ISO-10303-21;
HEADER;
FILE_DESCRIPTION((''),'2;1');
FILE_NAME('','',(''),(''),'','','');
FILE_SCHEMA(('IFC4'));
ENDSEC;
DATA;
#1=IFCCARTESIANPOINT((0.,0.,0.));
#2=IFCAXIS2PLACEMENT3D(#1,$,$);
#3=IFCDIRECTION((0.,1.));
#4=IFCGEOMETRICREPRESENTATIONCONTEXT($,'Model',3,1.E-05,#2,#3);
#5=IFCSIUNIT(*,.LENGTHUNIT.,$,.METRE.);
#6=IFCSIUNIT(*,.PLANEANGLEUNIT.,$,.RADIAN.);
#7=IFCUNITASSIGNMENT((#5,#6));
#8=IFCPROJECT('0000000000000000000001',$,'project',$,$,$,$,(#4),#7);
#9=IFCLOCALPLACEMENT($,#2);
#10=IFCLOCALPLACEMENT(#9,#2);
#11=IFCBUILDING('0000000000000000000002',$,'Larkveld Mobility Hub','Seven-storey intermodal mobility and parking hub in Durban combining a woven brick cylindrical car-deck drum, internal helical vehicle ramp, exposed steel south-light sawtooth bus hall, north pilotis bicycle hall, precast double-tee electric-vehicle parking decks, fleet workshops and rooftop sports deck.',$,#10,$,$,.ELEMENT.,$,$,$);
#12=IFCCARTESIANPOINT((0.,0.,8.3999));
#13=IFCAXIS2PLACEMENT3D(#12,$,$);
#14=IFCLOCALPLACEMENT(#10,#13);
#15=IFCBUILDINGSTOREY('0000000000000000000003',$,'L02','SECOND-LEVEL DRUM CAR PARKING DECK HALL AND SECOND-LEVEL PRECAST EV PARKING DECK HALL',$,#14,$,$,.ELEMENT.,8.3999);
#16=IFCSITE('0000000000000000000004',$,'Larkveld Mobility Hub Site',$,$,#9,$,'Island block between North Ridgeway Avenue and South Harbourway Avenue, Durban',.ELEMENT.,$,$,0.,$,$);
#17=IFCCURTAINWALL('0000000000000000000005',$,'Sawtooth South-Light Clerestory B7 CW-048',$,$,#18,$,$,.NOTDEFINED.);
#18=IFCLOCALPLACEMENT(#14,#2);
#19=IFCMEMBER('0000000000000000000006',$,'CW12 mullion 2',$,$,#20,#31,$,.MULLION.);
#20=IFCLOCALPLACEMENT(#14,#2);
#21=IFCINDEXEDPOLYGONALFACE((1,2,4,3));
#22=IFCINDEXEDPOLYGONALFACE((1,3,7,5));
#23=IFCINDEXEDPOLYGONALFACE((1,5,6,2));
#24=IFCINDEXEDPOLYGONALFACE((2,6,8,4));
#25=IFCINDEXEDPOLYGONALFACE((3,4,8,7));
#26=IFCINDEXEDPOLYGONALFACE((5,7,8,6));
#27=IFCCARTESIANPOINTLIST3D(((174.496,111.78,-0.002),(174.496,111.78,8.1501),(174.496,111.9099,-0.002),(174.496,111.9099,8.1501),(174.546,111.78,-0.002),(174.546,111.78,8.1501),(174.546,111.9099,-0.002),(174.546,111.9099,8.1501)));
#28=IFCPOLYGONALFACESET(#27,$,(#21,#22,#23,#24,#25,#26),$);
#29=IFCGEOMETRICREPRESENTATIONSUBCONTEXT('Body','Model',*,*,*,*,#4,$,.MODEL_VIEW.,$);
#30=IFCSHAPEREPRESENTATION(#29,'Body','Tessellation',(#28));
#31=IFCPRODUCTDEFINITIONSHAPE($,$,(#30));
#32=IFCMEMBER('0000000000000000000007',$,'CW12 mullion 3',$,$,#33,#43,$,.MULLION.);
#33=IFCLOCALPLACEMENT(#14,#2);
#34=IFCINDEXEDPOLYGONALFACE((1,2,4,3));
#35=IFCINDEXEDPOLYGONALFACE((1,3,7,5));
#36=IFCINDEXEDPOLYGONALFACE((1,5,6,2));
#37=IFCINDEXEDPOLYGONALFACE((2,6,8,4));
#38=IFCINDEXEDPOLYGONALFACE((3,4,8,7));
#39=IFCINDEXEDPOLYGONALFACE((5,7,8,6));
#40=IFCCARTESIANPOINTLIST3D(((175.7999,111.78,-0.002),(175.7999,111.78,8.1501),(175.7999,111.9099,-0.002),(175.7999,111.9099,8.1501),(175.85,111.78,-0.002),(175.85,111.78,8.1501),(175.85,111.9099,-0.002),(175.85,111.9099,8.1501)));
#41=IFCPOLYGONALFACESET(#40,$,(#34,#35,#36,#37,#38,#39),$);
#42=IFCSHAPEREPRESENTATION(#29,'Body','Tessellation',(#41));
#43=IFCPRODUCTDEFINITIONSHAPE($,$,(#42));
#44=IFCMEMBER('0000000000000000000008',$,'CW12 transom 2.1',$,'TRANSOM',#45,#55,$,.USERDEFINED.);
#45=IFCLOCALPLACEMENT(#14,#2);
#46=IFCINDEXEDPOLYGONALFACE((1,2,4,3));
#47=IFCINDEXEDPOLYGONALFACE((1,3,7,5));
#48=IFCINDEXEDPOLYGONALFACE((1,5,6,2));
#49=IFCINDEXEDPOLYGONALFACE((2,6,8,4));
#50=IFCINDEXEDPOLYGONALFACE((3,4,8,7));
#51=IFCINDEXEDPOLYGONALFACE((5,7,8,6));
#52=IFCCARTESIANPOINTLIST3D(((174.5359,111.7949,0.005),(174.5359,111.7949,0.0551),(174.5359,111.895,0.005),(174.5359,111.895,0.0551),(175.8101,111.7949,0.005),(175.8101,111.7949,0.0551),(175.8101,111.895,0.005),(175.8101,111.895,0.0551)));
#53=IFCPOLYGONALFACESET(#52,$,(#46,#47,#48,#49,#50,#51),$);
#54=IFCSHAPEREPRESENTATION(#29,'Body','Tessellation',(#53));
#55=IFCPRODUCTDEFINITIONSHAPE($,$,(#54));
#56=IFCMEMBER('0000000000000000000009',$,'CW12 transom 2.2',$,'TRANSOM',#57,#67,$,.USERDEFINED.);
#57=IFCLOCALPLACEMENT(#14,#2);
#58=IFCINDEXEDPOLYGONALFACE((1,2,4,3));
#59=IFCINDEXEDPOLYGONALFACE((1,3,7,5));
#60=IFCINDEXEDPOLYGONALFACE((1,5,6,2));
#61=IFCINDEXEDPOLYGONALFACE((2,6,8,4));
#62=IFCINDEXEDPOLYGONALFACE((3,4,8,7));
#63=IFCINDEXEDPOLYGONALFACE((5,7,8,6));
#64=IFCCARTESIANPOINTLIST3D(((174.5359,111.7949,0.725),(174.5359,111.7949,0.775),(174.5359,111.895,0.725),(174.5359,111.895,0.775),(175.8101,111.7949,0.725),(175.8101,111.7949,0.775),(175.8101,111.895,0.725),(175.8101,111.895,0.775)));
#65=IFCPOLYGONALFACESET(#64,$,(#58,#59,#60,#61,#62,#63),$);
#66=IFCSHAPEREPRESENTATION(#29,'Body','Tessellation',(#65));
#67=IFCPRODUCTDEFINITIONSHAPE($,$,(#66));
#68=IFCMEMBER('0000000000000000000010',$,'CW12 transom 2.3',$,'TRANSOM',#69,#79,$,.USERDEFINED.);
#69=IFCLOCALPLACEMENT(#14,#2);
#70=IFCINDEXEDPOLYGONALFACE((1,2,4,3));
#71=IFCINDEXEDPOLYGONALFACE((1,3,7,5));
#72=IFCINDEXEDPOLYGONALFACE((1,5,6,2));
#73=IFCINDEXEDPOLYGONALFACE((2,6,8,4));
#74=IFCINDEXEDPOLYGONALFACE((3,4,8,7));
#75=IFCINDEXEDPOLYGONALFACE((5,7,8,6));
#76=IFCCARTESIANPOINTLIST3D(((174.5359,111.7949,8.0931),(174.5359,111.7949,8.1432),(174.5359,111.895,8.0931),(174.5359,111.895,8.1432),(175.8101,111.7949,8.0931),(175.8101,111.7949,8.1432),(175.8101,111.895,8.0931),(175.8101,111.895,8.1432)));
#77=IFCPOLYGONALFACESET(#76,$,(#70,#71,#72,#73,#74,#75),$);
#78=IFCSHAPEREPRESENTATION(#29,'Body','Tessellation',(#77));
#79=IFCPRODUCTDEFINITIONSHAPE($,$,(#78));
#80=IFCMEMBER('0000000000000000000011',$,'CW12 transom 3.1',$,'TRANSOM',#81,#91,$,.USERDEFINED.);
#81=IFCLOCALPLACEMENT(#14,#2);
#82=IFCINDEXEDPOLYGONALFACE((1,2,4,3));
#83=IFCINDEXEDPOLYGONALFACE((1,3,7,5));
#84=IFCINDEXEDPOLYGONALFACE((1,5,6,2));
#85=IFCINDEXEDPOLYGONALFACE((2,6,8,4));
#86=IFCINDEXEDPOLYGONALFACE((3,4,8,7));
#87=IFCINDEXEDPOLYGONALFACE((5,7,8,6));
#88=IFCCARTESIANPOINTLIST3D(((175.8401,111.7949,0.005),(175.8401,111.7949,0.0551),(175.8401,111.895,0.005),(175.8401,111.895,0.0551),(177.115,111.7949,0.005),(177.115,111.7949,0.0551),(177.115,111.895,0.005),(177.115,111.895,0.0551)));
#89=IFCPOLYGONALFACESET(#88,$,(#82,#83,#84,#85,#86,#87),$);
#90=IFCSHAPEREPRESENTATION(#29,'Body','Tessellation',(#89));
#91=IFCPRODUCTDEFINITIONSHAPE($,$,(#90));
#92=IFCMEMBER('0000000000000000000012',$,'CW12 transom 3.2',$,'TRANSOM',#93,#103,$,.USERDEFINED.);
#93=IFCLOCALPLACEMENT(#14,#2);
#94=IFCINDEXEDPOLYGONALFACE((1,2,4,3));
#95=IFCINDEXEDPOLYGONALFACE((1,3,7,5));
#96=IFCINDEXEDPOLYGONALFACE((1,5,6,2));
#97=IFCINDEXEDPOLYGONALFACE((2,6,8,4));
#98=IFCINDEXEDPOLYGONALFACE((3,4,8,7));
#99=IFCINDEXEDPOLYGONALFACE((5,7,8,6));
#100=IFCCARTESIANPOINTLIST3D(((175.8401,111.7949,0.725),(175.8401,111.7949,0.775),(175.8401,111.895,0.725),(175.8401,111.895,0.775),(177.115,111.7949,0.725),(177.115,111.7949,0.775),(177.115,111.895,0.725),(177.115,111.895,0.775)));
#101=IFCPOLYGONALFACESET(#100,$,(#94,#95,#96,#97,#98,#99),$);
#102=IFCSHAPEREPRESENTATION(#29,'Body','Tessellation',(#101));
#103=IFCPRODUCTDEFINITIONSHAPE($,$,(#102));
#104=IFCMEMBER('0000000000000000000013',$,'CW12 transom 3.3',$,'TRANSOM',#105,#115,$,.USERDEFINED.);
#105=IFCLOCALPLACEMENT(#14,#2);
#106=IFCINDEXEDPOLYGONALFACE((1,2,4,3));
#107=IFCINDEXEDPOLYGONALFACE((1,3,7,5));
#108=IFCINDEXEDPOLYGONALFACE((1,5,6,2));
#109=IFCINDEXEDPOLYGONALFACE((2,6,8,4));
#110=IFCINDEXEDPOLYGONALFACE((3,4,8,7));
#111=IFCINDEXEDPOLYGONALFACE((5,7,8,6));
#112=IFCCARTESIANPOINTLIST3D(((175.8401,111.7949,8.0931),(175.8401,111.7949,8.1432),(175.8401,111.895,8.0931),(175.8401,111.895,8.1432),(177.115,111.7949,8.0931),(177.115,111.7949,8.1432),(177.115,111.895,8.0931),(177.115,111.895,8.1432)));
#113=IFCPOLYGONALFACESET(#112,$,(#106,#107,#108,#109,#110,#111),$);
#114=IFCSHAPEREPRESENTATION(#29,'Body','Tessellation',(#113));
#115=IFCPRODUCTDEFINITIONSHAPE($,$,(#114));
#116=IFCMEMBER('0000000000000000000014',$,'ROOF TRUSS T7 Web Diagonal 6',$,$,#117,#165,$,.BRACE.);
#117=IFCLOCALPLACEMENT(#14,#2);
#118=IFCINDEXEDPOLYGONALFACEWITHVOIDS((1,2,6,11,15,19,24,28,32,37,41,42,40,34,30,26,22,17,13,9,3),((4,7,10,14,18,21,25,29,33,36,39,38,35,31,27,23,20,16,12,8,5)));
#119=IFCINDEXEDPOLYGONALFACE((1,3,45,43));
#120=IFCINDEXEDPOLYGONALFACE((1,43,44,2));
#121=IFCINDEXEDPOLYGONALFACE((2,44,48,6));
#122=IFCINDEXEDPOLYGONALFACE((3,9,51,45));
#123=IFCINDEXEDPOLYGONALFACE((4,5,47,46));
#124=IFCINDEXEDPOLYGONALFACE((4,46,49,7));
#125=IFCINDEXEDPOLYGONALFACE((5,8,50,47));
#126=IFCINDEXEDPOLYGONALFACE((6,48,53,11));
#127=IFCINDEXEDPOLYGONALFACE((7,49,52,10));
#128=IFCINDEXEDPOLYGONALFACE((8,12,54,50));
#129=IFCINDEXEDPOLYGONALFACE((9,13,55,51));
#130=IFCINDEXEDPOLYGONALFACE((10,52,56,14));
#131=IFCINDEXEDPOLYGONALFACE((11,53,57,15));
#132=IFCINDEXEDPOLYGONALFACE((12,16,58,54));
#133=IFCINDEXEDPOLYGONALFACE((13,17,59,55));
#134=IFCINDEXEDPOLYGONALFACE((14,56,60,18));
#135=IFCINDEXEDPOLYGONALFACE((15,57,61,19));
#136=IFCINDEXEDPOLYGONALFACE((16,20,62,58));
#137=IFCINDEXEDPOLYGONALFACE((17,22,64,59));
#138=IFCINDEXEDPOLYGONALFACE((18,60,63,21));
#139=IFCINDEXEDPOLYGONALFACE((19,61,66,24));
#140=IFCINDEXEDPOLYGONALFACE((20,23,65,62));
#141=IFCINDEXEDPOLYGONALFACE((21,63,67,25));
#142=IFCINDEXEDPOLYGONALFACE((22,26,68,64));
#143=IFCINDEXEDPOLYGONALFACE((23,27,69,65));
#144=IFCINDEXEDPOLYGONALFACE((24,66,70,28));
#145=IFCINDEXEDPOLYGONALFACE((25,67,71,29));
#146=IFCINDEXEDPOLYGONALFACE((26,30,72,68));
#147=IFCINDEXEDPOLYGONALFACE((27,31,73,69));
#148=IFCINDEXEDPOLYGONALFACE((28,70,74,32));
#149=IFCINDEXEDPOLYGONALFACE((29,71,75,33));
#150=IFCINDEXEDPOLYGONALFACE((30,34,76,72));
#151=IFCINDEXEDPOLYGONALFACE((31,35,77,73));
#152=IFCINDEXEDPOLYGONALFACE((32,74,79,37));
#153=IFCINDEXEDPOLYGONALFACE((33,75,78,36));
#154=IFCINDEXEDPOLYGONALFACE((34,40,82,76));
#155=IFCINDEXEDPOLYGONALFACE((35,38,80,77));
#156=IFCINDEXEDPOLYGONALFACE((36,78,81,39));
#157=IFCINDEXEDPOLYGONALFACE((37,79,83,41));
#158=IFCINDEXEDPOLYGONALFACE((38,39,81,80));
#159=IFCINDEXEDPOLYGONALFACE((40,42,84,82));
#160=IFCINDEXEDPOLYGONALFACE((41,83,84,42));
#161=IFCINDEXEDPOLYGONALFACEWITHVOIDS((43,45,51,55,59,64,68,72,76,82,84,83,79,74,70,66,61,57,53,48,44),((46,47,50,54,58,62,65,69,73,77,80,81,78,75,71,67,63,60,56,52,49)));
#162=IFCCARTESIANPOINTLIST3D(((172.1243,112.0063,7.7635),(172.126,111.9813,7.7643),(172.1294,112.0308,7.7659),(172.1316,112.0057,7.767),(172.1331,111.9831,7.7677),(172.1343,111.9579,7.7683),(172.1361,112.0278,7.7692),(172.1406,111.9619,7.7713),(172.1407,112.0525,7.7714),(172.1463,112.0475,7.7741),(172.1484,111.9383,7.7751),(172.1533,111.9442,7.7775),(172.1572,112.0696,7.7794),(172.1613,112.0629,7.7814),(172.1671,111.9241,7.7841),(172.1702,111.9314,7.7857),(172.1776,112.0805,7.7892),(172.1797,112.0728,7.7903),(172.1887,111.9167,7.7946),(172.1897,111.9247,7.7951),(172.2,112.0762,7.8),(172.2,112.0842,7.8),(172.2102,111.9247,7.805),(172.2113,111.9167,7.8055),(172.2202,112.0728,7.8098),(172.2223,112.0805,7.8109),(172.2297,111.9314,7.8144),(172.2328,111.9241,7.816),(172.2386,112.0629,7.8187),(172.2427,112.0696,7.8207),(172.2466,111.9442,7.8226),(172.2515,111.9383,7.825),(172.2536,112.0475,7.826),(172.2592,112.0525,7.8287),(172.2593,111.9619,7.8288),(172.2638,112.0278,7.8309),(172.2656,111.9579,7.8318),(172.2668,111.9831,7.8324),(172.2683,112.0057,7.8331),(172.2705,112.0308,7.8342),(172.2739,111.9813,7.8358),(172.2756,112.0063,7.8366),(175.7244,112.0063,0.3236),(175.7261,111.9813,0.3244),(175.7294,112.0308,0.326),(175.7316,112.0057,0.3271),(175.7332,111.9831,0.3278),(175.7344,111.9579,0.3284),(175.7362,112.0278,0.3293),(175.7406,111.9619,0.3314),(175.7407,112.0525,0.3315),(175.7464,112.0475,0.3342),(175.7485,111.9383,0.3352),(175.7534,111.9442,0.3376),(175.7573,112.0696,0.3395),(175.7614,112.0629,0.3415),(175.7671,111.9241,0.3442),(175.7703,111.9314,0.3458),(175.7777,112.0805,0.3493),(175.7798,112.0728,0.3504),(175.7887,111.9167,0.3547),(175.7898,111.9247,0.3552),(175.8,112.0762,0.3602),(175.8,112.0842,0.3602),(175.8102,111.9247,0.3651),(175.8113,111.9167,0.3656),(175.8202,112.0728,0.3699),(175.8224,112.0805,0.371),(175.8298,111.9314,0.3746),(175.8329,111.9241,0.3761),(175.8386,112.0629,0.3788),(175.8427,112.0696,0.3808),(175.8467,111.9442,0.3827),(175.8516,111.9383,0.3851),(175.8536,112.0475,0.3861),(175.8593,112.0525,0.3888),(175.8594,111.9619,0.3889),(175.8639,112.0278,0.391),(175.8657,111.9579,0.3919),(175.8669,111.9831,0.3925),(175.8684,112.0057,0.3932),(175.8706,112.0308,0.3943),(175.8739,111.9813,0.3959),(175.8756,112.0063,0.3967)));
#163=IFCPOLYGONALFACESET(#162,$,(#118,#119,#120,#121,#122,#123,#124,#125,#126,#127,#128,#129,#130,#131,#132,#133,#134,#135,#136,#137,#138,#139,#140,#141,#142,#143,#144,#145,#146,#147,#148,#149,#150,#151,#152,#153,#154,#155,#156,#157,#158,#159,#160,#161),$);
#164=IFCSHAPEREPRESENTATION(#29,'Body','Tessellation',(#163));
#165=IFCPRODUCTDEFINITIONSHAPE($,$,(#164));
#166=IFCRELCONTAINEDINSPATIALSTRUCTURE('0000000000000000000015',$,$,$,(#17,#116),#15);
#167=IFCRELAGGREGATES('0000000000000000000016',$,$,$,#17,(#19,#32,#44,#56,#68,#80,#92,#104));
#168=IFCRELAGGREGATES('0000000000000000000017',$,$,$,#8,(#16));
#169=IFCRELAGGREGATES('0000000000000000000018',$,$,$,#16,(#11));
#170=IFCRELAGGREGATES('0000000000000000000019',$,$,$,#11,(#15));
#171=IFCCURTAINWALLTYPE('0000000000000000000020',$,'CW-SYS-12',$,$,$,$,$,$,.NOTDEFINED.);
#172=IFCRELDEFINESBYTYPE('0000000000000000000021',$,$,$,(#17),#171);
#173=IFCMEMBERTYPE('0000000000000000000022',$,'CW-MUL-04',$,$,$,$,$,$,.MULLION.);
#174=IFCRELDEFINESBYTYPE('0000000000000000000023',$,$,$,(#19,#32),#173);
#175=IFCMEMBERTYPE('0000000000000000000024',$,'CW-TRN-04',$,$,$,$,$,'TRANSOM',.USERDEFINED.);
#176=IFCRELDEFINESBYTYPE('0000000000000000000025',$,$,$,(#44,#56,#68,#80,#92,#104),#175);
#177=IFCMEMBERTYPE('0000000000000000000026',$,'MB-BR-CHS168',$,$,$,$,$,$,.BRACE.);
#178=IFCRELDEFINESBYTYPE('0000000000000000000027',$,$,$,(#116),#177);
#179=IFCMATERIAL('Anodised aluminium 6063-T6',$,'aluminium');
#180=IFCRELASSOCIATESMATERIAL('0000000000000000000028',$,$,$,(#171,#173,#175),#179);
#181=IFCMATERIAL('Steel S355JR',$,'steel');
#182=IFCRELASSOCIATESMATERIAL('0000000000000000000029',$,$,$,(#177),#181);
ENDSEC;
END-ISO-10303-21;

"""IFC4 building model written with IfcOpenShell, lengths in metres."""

from ifc_helpers import new_model, si_unit, direction, frame, origin, origin_2d, place, context, subcontext, project, spatial, rectangle, hollow_circle, extrude, material, material_profile, profile_set, type_object, element, aggregate, save


model = new_model("IFC4")

# Units and contexts
model_context = context("Model", 3, precision=1e-05, world=origin(), true_north=direction((0.0, 1.0)))
body_context = subcontext(model_context, "Body", "Model", "MODEL_VIEW")
ifc_project = project(units=[si_unit("LENGTHUNIT", "METRE"), si_unit("PLANEANGLEUNIT", "RADIAN")], contexts=[model_context])

# Site, building, storey
site_placement = place(None, origin())
site = spatial("IfcSite", under=ifc_project, at=site_placement, Name="Larkveld Mobility Hub Site", LongName="Island block between North Ridgeway Avenue and South Harbourway Avenue, Durban", CompositionType="ELEMENT", RefElevation=0.0)
building_placement = place(site_placement, origin())
building = spatial("IfcBuilding", under=site, at=building_placement, Name="Larkveld Mobility Hub", Description="Seven-storey intermodal mobility and parking hub in Durban combining a woven brick cylindrical car-deck drum, internal helical vehicle ramp, exposed steel south-light sawtooth bus hall, north pilotis bicycle hall, precast double-tee electric-vehicle parking decks, fleet workshops and rooftop sports deck.", CompositionType="ELEMENT")
storey_placement = place(building_placement, frame((0.0, 0.0, 8.3999)))
storey = spatial("IfcBuildingStorey", under=building, at=storey_placement, Name="L02", Description="SECOND-LEVEL DRUM CAR PARKING DECK HALL AND SECOND-LEVEL PRECAST EV PARKING DECK HALL", CompositionType="ELEMENT", Elevation=8.3999)

# Curtain wall, members
ifc_material_1 = material(Name="Anodised aluminium 6063-T6", Category="aluminium")
curtain_wall_type = type_object("IfcCurtainWallType", Name="CW-SYS-12", PredefinedType="NOTDEFINED", material=ifc_material_1)
curtain_wall_placement = place(storey_placement, origin())
curtain_wall = element("IfcCurtainWall", 1, at=curtain_wall_placement, inside=storey, type_object=curtain_wall_type, Name="Sawtooth South-Light Clerestory B7 CW-048", PredefinedType="NOTDEFINED")
ifc_material_profile_1 = material_profile(ifc_material_1, rectangle(XDim=0.05, YDim=0.1299, at=origin_2d()), Name="ALU MULL 50x130")
ifc_profile_set_1 = profile_set([ifc_material_profile_1], Name="Anodised aluminium 6063-T6")
member_type_1 = type_object("IfcMemberType", Name="CW-MUL-04", PredefinedType="MULLION", material=ifc_profile_set_1)
member_1_placement = place(storey_placement, frame((174.521, 111.845, -0.002), z_axis=(0.0, 0.0, 1.0), x_axis=(1.0, 0.0, 0.0)))
member_1 = element("IfcMember", 2, at=member_1_placement, type_object=member_type_1, Name="CW12 mullion 2", PredefinedType="MULLION", context=body_context, shape_type="SweptSolid", body=[
    extrude(rectangle(XDim=0.05, YDim=0.1299, at=origin_2d()), origin(), (0.0, 0.0, 1.0), 8.1521),
])
member_2_placement = place(storey_placement, frame((175.825, 111.845, -0.002), z_axis=(0.0, 0.0, 1.0), x_axis=(1.0, 0.0, 0.0)))
member_2 = element("IfcMember", 3, at=member_2_placement, type_object=member_type_1, Name="CW12 mullion 3", PredefinedType="MULLION", context=body_context, shape_type="SweptSolid", body=[
    extrude(rectangle(XDim=0.05, YDim=0.1299, at=origin_2d()), origin(), (0.0, 0.0, 1.0), 8.1521),
])
ifc_material_profile_2 = material_profile(ifc_material_1, rectangle(XDim=0.1001, YDim=0.05, at=origin_2d()), Name="ALU TRAN 50x100")
ifc_profile_set_2 = profile_set([ifc_material_profile_2], Name="Anodised aluminium 6063-T6")
member_type_2 = type_object("IfcMemberType", Name="CW-TRN-04", ElementType="TRANSOM", PredefinedType="USERDEFINED", material=ifc_profile_set_2)
member_3_placement = place(storey_placement, frame((174.5359, 111.845, 0.03), z_axis=(1.0, 0.0, 0.0), x_axis=(0.0, 1.0, 0.0)))
member_3 = element("IfcMember", 4, at=member_3_placement, type_object=member_type_2, Name="CW12 transom 2.1", ObjectType="TRANSOM", PredefinedType="USERDEFINED", context=body_context, shape_type="SweptSolid", body=[
    extrude(rectangle(XDim=0.1001, YDim=0.05, at=origin_2d()), origin(), (0.0, 0.0, 1.0), 1.2742),
])
member_4_placement = place(storey_placement, frame((174.5359, 111.845, 0.75), z_axis=(1.0, 0.0, 0.0), x_axis=(0.0, 1.0, 0.0)))
member_4 = element("IfcMember", 5, at=member_4_placement, type_object=member_type_2, Name="CW12 transom 2.2", ObjectType="TRANSOM", PredefinedType="USERDEFINED", context=body_context, shape_type="SweptSolid", body=[
    extrude(rectangle(XDim=0.1001, YDim=0.05, at=origin_2d()), origin(), (0.0, 0.0, 1.0), 1.2742),
])
member_5_placement = place(storey_placement, frame((174.5359, 111.845, 8.1182), z_axis=(1.0, 0.0, 0.0), x_axis=(0.0, 1.0, 0.0)))
member_5 = element("IfcMember", 6, at=member_5_placement, type_object=member_type_2, Name="CW12 transom 2.3", ObjectType="TRANSOM", PredefinedType="USERDEFINED", context=body_context, shape_type="SweptSolid", body=[
    extrude(rectangle(XDim=0.1001, YDim=0.05, at=origin_2d()), origin(), (0.0, 0.0, 1.0), 1.2742),
])
member_6_placement = place(storey_placement, frame((175.8401, 111.845, 0.03), z_axis=(1.0, 0.0, 0.0), x_axis=(0.0, 1.0, 0.0)))
member_6 = element("IfcMember", 7, at=member_6_placement, type_object=member_type_2, Name="CW12 transom 3.1", ObjectType="TRANSOM", PredefinedType="USERDEFINED", context=body_context, shape_type="SweptSolid", body=[
    extrude(rectangle(XDim=0.1001, YDim=0.05, at=origin_2d()), origin(), (0.0, 0.0, 1.0), 1.2749),
])
member_7_placement = place(storey_placement, frame((175.8401, 111.845, 0.75), z_axis=(1.0, 0.0, 0.0), x_axis=(0.0, 1.0, 0.0)))
member_7 = element("IfcMember", 8, at=member_7_placement, type_object=member_type_2, Name="CW12 transom 3.2", ObjectType="TRANSOM", PredefinedType="USERDEFINED", context=body_context, shape_type="SweptSolid", body=[
    extrude(rectangle(XDim=0.1001, YDim=0.05, at=origin_2d()), origin(), (0.0, 0.0, 1.0), 1.2749),
])
member_8_placement = place(storey_placement, frame((175.8401, 111.845, 8.1182), z_axis=(1.0, 0.0, 0.0), x_axis=(0.0, 1.0, 0.0)))
member_8 = element("IfcMember", 9, at=member_8_placement, type_object=member_type_2, Name="CW12 transom 3.3", ObjectType="TRANSOM", PredefinedType="USERDEFINED", context=body_context, shape_type="SweptSolid", body=[
    extrude(rectangle(XDim=0.1001, YDim=0.05, at=origin_2d()), origin(), (0.0, 0.0, 1.0), 1.2749),
])

# Member
ifc_material_2 = material(Name="Steel S355JR", Category="steel")
ifc_material_profile_3 = material_profile(ifc_material_2, hollow_circle(Radius=0.0842, WallThickness=0.0081, at=origin_2d()), Name="CHS 168.3x8")
ifc_profile_set_3 = profile_set([ifc_material_profile_3], Name="Steel S355JR")
member_type_3 = type_object("IfcMemberType", Name="MB-BR-CHS168", PredefinedType="BRACE", material=ifc_profile_set_3)
member_9_placement = place(storey_placement, frame((172.2, 112.0, 7.8), z_axis=(0.435573, 0.0, -0.900153), x_axis=(0.0, 1.0, 0.0)))
element("IfcMember", 10, at=member_9_placement, inside=storey, type_object=member_type_3, Name="ROOF TRUSS T7 Web Diagonal 6", PredefinedType="BRACE", context=body_context, shape_type="SweptSolid", body=[
    extrude(hollow_circle(Radius=0.0842, WallThickness=0.0081, at=origin_2d()), origin(), (0.0, 0.0, 1.0), 8.2651),
])

aggregate(curtain_wall, [member_1, member_2, member_3, member_4, member_5, member_6, member_7, member_8])

save(model, "model.ifc")
